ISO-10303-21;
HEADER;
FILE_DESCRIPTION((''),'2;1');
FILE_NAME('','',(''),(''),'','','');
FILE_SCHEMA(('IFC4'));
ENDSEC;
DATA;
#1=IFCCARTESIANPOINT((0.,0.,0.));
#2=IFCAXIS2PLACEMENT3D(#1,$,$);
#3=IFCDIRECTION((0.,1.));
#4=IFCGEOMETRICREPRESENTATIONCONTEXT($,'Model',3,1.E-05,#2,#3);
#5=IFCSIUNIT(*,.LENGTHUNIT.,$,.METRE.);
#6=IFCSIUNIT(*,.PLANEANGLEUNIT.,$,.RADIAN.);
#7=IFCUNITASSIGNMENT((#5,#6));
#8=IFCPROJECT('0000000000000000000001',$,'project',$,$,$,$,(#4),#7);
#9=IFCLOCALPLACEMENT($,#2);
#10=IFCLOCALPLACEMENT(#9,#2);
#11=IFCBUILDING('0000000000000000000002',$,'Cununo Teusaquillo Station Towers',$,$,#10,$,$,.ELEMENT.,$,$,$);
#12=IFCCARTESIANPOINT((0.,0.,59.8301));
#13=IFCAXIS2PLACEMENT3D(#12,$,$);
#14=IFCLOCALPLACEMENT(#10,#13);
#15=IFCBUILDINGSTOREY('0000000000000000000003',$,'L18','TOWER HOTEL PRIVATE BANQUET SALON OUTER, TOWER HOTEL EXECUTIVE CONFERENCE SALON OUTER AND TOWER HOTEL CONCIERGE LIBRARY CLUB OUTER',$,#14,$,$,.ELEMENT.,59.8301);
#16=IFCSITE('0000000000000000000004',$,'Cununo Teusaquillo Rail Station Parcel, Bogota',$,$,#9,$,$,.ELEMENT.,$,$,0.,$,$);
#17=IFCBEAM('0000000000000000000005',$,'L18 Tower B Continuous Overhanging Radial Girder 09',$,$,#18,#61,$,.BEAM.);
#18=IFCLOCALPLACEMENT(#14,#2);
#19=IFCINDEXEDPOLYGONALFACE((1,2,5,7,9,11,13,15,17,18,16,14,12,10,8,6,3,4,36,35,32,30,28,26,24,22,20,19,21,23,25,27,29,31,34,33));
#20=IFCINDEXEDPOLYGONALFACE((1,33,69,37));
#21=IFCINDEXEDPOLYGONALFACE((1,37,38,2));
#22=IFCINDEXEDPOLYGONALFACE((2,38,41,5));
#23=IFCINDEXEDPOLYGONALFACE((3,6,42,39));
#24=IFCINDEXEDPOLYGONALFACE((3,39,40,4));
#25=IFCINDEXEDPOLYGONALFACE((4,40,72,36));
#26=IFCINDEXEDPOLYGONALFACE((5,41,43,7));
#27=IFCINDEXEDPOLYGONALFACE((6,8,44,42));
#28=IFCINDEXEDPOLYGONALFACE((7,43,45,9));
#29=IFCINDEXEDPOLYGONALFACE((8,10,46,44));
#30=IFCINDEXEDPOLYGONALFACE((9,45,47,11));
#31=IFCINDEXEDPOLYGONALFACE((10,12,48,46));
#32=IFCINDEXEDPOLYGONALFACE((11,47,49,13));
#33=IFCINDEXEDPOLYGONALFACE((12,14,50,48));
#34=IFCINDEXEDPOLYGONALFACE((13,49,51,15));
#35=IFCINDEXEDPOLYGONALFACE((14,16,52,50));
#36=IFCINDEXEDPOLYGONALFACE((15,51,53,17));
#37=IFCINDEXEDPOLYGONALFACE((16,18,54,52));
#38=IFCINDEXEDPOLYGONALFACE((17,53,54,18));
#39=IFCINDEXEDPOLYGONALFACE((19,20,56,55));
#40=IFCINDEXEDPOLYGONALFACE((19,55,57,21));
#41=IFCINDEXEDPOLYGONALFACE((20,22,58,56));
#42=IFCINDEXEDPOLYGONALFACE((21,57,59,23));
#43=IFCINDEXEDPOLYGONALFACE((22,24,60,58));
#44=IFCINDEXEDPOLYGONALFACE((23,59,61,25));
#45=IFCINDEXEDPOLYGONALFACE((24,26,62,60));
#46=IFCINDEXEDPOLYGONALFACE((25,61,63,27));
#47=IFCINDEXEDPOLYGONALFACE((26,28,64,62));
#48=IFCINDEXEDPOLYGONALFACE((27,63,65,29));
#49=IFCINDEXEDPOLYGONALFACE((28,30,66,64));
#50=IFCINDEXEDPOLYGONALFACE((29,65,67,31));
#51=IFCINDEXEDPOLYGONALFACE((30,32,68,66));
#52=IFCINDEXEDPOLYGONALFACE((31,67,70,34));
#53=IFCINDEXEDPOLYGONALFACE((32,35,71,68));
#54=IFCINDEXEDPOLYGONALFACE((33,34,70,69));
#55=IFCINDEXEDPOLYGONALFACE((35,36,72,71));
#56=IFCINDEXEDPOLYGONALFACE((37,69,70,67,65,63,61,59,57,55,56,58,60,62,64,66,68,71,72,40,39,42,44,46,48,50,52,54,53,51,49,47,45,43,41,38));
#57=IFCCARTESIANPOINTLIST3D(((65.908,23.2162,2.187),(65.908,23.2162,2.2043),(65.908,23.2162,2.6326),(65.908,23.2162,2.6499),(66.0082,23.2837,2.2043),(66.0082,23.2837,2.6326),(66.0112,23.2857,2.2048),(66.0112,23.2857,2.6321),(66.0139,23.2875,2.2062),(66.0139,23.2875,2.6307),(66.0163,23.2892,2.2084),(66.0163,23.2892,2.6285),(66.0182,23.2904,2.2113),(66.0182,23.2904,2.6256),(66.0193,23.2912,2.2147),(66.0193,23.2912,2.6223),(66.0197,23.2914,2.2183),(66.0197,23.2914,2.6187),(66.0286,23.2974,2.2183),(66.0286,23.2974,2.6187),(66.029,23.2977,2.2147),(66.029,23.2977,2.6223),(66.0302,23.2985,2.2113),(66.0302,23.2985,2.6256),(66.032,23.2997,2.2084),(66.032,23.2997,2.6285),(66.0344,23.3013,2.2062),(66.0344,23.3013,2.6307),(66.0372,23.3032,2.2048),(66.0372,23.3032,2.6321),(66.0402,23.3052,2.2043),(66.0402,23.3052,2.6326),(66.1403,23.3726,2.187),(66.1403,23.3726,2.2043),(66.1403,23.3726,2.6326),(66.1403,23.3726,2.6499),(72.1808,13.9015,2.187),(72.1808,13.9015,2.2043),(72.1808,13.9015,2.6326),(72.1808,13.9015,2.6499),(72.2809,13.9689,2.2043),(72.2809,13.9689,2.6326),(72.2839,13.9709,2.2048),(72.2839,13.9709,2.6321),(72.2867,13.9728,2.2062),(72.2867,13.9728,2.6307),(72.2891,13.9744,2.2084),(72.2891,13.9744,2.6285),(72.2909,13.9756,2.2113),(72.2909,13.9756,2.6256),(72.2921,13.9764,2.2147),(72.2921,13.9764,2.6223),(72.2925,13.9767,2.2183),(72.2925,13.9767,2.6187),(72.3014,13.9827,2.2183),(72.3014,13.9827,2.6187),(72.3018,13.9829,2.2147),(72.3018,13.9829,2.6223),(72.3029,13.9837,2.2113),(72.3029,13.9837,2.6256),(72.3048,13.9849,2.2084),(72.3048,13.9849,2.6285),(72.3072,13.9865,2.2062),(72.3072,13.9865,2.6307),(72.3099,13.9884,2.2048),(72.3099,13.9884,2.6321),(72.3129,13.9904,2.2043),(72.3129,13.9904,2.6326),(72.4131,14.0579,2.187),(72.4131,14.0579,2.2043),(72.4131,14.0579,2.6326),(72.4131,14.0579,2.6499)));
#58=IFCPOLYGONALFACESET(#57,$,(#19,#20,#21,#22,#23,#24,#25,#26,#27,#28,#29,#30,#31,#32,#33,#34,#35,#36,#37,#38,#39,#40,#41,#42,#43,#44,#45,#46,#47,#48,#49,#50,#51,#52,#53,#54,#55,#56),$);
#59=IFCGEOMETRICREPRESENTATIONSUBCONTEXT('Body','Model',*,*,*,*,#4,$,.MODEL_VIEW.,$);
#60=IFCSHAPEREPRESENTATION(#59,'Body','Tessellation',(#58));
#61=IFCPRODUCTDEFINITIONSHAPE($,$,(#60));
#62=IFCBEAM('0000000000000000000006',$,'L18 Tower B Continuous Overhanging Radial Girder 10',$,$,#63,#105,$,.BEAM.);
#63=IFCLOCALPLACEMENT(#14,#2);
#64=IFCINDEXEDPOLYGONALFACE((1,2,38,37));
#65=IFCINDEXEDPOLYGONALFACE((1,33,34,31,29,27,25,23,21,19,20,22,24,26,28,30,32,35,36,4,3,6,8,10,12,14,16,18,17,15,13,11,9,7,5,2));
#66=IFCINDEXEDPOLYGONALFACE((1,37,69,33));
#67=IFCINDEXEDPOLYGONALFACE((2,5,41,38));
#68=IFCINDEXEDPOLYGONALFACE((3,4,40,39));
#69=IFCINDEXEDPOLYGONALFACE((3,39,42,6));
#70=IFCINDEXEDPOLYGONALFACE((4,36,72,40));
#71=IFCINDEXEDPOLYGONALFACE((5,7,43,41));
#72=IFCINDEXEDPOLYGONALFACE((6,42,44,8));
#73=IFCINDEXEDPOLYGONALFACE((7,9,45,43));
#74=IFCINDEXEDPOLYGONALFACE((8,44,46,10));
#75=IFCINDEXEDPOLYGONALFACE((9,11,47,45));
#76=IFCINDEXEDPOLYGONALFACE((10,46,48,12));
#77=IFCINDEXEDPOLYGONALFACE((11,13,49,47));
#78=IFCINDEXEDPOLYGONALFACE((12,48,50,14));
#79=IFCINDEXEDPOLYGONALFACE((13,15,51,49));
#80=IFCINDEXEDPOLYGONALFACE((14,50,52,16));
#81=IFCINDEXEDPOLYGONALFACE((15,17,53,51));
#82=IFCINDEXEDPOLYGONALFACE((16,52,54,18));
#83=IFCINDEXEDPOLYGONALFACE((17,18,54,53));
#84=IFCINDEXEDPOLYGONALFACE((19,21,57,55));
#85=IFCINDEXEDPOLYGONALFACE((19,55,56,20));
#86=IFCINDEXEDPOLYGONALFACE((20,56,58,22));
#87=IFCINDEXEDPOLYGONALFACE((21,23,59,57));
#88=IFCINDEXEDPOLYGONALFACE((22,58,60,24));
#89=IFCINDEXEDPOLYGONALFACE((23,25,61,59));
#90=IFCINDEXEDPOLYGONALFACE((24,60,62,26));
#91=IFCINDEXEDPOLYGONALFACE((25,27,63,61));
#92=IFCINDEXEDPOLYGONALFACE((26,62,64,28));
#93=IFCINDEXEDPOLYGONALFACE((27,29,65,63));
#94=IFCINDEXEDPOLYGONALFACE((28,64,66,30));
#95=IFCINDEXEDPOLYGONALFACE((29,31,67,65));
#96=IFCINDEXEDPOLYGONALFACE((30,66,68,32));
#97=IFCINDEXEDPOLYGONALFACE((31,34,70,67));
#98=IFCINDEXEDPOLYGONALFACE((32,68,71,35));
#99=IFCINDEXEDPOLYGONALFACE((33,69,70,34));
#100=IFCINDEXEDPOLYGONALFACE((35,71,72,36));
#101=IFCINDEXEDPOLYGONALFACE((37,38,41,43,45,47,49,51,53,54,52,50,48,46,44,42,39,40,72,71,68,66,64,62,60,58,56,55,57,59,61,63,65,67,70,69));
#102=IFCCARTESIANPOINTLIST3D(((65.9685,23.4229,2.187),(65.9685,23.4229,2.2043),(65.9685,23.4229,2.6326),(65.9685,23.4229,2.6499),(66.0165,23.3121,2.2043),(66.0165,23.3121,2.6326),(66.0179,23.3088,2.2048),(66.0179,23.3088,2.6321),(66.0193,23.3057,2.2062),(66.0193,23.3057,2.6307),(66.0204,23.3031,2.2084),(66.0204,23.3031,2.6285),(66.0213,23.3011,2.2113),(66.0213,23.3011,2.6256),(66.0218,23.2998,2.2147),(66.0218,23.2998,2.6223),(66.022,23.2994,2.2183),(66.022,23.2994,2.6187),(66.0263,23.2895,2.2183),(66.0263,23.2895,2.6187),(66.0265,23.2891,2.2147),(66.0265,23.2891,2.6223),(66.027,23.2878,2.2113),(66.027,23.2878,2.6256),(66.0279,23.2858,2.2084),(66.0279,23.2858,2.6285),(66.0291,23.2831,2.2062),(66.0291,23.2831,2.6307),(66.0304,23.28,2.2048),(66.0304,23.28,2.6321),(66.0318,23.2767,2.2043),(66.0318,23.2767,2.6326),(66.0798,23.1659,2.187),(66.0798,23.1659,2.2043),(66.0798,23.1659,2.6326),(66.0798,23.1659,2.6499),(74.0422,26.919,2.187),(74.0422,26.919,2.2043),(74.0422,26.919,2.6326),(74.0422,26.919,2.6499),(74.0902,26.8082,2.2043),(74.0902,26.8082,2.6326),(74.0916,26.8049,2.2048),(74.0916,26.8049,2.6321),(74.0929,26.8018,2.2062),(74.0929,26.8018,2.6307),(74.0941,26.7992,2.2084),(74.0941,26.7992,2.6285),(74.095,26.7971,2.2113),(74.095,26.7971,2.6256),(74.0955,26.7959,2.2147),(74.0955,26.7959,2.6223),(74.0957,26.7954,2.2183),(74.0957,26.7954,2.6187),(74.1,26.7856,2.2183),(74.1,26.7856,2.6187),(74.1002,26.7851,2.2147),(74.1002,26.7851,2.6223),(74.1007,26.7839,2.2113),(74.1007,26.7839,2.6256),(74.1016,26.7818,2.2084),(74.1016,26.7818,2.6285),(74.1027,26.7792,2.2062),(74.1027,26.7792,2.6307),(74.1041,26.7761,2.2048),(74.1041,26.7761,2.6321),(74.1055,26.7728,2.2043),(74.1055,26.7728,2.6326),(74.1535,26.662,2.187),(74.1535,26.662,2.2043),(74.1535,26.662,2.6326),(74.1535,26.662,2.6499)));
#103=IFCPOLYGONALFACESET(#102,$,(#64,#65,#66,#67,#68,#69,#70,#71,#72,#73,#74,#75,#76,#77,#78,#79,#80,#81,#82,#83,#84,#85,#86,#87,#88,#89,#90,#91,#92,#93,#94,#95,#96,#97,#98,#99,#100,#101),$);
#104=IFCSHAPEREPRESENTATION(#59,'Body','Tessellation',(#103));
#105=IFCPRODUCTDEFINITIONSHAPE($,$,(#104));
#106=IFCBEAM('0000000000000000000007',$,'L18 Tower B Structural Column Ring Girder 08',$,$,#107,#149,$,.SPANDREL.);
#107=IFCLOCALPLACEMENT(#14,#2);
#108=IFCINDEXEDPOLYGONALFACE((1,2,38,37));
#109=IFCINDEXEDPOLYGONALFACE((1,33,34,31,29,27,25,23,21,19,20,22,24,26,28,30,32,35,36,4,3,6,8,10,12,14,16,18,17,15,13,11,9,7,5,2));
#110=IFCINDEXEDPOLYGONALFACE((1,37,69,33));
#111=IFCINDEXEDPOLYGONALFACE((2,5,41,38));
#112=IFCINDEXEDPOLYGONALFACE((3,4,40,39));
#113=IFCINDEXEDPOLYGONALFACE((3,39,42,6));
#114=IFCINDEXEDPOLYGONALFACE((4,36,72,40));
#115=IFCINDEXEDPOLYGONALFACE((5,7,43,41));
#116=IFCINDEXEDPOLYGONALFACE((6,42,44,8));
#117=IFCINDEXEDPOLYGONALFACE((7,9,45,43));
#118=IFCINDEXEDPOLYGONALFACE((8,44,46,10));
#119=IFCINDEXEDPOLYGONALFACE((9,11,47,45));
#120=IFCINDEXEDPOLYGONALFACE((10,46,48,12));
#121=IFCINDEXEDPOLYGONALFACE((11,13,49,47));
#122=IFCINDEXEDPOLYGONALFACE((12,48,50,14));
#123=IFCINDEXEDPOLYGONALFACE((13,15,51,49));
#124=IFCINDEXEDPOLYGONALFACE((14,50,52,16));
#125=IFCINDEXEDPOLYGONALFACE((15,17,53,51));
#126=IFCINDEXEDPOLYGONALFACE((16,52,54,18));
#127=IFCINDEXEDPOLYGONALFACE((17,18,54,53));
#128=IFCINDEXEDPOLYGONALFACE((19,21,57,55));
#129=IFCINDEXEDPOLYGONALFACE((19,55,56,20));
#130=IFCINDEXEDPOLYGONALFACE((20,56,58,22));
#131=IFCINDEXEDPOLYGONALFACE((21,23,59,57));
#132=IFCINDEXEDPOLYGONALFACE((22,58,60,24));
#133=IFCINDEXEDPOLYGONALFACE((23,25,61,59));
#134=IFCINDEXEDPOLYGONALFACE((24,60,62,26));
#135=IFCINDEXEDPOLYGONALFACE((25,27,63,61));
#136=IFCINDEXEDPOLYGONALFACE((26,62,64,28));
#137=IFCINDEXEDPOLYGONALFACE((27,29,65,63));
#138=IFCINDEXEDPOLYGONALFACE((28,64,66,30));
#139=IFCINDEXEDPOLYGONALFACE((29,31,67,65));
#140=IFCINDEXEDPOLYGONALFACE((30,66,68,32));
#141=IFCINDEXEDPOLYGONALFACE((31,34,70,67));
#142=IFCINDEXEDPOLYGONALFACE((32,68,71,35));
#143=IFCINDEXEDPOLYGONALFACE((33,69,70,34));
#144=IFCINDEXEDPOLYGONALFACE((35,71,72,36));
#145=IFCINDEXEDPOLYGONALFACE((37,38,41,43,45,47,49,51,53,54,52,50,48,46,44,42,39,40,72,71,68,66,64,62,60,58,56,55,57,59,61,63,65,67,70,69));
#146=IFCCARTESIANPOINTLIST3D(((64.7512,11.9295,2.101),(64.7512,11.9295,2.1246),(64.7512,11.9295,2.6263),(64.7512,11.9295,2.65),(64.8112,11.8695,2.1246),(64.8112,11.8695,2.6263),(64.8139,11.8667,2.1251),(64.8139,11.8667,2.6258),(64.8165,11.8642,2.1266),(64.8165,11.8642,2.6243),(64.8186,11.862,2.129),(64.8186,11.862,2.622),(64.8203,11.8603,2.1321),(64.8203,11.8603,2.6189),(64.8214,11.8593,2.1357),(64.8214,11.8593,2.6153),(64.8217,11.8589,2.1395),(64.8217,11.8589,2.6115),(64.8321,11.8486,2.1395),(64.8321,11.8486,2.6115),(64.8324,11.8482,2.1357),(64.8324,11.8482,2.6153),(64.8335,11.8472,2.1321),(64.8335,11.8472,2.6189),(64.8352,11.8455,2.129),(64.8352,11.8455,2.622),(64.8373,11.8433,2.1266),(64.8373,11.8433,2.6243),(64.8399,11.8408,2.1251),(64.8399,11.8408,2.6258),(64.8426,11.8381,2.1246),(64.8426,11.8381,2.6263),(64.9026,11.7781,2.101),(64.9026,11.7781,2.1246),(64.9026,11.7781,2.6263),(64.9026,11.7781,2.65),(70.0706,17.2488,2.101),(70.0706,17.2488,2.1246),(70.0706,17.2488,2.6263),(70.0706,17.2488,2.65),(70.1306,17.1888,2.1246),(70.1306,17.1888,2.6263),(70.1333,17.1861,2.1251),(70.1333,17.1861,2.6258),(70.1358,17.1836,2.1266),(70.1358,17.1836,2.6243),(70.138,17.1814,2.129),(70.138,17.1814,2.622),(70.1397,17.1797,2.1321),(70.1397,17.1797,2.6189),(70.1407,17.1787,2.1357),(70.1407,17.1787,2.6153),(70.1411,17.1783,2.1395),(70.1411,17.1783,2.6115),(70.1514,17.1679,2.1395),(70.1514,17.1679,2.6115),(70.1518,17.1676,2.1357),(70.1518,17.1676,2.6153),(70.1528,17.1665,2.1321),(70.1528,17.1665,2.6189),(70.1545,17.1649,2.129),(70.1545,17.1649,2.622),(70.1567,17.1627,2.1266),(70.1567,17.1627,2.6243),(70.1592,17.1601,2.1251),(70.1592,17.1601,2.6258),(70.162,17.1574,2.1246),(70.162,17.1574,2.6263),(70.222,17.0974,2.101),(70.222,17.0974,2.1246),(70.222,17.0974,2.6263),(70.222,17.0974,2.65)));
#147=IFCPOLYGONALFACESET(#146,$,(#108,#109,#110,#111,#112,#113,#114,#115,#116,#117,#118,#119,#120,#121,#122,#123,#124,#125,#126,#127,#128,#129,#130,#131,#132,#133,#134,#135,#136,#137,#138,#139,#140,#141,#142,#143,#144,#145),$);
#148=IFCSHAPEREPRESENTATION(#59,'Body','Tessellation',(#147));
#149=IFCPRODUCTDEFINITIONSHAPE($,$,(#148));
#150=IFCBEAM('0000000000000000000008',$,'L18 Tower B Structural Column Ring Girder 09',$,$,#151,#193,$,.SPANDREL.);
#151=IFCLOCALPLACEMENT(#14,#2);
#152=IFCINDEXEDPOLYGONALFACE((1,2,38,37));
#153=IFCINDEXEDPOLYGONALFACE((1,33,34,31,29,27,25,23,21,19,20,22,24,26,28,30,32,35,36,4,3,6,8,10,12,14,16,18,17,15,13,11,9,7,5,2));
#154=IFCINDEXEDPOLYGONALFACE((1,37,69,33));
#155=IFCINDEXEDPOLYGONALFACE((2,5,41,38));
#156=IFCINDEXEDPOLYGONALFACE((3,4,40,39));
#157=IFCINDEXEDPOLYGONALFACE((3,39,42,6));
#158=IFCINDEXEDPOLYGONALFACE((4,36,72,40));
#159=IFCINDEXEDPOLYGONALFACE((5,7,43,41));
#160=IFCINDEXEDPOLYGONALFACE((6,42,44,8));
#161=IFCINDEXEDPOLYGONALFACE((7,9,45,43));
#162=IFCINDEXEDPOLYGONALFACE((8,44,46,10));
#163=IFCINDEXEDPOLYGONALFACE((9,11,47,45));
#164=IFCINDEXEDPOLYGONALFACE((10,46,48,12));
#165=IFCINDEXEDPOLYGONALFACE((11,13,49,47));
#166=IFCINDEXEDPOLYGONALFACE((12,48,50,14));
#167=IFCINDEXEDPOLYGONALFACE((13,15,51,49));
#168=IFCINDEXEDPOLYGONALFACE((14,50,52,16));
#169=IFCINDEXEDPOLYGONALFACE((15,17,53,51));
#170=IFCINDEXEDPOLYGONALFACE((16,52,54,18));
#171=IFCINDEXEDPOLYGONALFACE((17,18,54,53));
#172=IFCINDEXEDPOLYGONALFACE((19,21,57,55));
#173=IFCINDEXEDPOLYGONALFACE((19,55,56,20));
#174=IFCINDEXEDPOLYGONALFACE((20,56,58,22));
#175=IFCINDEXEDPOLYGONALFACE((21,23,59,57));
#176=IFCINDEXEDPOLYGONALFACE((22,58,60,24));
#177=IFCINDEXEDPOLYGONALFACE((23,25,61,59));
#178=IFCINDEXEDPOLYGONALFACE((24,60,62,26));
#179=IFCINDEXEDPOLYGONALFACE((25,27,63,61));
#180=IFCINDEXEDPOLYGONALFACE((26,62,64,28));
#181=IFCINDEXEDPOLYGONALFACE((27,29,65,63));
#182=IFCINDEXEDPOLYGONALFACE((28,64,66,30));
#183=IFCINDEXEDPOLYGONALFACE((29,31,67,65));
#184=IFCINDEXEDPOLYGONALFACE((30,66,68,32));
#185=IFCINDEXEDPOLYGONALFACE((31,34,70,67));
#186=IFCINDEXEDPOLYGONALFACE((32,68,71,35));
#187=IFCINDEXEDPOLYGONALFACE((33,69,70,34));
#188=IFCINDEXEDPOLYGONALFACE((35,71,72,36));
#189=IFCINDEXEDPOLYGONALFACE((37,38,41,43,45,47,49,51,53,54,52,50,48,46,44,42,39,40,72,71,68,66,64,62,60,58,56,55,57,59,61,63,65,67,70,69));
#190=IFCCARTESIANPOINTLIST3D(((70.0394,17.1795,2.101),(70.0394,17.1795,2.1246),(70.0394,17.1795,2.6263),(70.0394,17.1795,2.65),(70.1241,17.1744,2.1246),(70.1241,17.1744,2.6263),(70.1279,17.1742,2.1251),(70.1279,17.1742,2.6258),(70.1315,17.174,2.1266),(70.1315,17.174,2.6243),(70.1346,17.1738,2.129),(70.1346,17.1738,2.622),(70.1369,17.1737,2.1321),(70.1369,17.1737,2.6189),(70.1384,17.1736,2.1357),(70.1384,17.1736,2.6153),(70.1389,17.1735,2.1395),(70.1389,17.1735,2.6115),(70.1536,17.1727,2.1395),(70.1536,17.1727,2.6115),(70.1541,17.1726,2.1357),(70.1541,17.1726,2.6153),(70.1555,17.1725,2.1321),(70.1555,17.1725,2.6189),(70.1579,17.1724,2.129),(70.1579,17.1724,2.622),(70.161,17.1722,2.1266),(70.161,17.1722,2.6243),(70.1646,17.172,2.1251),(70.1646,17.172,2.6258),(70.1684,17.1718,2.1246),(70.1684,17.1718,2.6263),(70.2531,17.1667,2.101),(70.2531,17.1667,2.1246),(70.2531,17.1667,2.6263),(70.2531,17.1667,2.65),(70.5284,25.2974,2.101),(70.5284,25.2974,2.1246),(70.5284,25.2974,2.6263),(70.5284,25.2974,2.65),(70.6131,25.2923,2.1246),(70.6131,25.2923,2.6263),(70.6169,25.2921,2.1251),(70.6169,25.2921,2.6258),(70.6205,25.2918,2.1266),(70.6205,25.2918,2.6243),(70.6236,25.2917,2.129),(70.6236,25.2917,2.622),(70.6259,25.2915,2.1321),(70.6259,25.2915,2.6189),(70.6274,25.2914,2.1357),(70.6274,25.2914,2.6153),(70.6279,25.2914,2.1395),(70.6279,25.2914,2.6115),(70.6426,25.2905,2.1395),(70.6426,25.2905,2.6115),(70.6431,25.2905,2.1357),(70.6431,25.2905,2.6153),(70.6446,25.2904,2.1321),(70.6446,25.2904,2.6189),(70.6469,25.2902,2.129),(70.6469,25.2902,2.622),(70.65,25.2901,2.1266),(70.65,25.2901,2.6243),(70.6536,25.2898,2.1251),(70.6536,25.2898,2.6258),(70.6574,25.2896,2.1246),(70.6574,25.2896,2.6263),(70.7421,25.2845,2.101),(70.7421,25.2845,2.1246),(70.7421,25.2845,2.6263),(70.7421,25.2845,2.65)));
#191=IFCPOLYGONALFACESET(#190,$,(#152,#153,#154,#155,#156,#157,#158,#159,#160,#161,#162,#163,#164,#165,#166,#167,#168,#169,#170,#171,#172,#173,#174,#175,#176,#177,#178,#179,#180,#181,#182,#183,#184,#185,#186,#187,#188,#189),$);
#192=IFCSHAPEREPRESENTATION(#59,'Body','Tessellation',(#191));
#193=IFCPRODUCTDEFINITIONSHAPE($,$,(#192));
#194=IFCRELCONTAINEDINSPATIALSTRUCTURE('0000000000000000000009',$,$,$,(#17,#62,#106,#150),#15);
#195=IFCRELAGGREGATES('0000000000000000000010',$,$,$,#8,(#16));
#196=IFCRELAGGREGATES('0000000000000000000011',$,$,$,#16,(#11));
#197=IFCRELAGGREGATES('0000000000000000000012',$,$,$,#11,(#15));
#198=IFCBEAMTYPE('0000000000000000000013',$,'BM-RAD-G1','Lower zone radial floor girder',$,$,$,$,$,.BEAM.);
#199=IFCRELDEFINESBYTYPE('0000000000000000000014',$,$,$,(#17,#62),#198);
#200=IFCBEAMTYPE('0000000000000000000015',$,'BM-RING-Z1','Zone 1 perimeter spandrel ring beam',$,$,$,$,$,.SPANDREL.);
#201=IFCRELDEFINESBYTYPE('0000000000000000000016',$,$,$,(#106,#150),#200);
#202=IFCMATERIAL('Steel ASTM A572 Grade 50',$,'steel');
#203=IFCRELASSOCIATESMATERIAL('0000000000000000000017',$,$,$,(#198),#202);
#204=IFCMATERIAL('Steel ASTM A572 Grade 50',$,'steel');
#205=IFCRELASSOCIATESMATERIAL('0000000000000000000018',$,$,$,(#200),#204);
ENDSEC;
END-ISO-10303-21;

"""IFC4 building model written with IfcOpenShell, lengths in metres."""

from ifc_helpers import new_model, si_unit, direction, frame, origin, origin_2d, place, context, subcontext, project, spatial, i_section, extrude, material, material_profile, profile_set, type_object, element, save


model = new_model("IFC4")

# Units and contexts
model_context = context("Model", 3, precision=1e-05, world=origin(), true_north=direction((0.0, 1.0)))
body_context = subcontext(model_context, "Body", "Model", "MODEL_VIEW")
ifc_project = project(units=[si_unit("LENGTHUNIT", "METRE"), si_unit("PLANEANGLEUNIT", "RADIAN")], contexts=[model_context])

# Site, building, storey
site_placement = place(None, origin())
site = spatial("IfcSite", under=ifc_project, at=site_placement, Name="Cununo Teusaquillo Rail Station Parcel, Bogota", CompositionType="ELEMENT", RefElevation=0.0)
building_placement = place(site_placement, origin())
building = spatial("IfcBuilding", under=site, at=building_placement, Name="Cununo Teusaquillo Station Towers", CompositionType="ELEMENT")
storey_placement = place(building_placement, frame((0.0, 0.0, 59.8301)))
storey = spatial("IfcBuildingStorey", under=building, at=storey_placement, Name="L18", Description="TOWER HOTEL PRIVATE BANQUET SALON OUTER, TOWER HOTEL EXECUTIVE CONFERENCE SALON OUTER AND TOWER HOTEL CONCIERGE LIBRARY CLUB OUTER", CompositionType="ELEMENT", Elevation=59.8301)

# Beams
ifc_material_1 = material(Name="Steel ASTM A572 Grade 50", Category="steel")
ifc_material_profile_1 = material_profile(ifc_material_1, i_section(OverallWidth=0.28, OverallDepth=0.4629, WebThickness=0.0107, FlangeThickness=0.0173, FilletRadius=0.0139, at=origin_2d()), Name="W18X76")
ifc_profile_set_1 = profile_set([ifc_material_profile_1], Name="Steel ASTM A572 Grade 50")
beam_type_1 = type_object("IfcBeamType", Name="BM-RAD-G1", Description="Lower zone radial floor girder", PredefinedType="BEAM", material=ifc_profile_set_1)
beam_1_placement = place(storey_placement, frame((66.0242, 23.2944, 2.4185), z_axis=(0.558572, -0.829456, 0.0), x_axis=(0.829456, 0.558572, 0.0)))
element("IfcBeam", 1, at=beam_1_placement, inside=storey, type_object=beam_type_1, Name="L18 Tower B Continuous Overhanging Radial Girder 09", PredefinedType="BEAM", context=body_context, shape_type="SweptSolid", body=[
    extrude(i_section(OverallWidth=0.28, OverallDepth=0.4629, WebThickness=0.0107, FlangeThickness=0.0173, FilletRadius=0.0139, at=origin_2d()), origin(), (0.0, 0.0, 1.0), 11.23),
])
beam_2_placement = place(storey_placement, frame((66.0242, 23.2944, 2.4185), z_axis=(0.91766, 0.397366, 0.0), x_axis=(-0.397366, 0.91766, 0.0)))
element("IfcBeam", 2, at=beam_2_placement, inside=storey, type_object=beam_type_1, Name="L18 Tower B Continuous Overhanging Radial Girder 10", PredefinedType="BEAM", context=body_context, shape_type="SweptSolid", body=[
    extrude(i_section(OverallWidth=0.28, OverallDepth=0.4629, WebThickness=0.0107, FlangeThickness=0.0173, FilletRadius=0.0139, at=origin_2d()), origin(), (0.0, 0.0, 1.0), 8.7981),
])
ifc_material_2 = material(Name="Steel ASTM A572 Grade 50", Category="steel")
ifc_material_profile_2 = material_profile(ifc_material_2, i_section(OverallWidth=0.2141, OverallDepth=0.5491, WebThickness=0.0146, FlangeThickness=0.0237, FilletRadius=0.0149, at=origin_2d()), Name="W21X93")
ifc_profile_set_2 = profile_set([ifc_material_profile_2], Name="Steel ASTM A572 Grade 50")
beam_type_2 = type_object("IfcBeamType", Name="BM-RING-Z1", Description="Zone 1 perimeter spandrel ring beam", PredefinedType="SPANDREL", material=ifc_profile_set_2)
beam_3_placement = place(storey_placement, frame((64.8269, 11.8538, 2.3755), z_axis=(0.707107, 0.707107, 0.0), x_axis=(-0.707107, 0.707107, 0.0)))
element("IfcBeam", 3, at=beam_3_placement, inside=storey, type_object=beam_type_2, Name="L18 Tower B Structural Column Ring Girder 08", PredefinedType="SPANDREL", context=body_context, shape_type="SweptSolid", body=[
    extrude(i_section(OverallWidth=0.2141, OverallDepth=0.5491, WebThickness=0.0146, FlangeThickness=0.0237, FilletRadius=0.0149, at=origin_2d()), origin(), (0.0, 0.0, 1.0), 7.5227),
])
beam_4_placement = place(storey_placement, frame((70.1462, 17.1731, 2.3755), z_axis=(0.06013, 0.998191, 0.0), x_axis=(-0.998191, 0.06013, 0.0)))
element("IfcBeam", 4, at=beam_4_placement, inside=storey, type_object=beam_type_2, Name="L18 Tower B Structural Column Ring Girder 09", PredefinedType="SPANDREL", context=body_context, shape_type="SweptSolid", body=[
    extrude(i_section(OverallWidth=0.2141, OverallDepth=0.5491, WebThickness=0.0146, FlangeThickness=0.0237, FilletRadius=0.0149, at=origin_2d()), origin(), (0.0, 0.0, 1.0), 8.1326),
])

save(model, "model.ifc")
